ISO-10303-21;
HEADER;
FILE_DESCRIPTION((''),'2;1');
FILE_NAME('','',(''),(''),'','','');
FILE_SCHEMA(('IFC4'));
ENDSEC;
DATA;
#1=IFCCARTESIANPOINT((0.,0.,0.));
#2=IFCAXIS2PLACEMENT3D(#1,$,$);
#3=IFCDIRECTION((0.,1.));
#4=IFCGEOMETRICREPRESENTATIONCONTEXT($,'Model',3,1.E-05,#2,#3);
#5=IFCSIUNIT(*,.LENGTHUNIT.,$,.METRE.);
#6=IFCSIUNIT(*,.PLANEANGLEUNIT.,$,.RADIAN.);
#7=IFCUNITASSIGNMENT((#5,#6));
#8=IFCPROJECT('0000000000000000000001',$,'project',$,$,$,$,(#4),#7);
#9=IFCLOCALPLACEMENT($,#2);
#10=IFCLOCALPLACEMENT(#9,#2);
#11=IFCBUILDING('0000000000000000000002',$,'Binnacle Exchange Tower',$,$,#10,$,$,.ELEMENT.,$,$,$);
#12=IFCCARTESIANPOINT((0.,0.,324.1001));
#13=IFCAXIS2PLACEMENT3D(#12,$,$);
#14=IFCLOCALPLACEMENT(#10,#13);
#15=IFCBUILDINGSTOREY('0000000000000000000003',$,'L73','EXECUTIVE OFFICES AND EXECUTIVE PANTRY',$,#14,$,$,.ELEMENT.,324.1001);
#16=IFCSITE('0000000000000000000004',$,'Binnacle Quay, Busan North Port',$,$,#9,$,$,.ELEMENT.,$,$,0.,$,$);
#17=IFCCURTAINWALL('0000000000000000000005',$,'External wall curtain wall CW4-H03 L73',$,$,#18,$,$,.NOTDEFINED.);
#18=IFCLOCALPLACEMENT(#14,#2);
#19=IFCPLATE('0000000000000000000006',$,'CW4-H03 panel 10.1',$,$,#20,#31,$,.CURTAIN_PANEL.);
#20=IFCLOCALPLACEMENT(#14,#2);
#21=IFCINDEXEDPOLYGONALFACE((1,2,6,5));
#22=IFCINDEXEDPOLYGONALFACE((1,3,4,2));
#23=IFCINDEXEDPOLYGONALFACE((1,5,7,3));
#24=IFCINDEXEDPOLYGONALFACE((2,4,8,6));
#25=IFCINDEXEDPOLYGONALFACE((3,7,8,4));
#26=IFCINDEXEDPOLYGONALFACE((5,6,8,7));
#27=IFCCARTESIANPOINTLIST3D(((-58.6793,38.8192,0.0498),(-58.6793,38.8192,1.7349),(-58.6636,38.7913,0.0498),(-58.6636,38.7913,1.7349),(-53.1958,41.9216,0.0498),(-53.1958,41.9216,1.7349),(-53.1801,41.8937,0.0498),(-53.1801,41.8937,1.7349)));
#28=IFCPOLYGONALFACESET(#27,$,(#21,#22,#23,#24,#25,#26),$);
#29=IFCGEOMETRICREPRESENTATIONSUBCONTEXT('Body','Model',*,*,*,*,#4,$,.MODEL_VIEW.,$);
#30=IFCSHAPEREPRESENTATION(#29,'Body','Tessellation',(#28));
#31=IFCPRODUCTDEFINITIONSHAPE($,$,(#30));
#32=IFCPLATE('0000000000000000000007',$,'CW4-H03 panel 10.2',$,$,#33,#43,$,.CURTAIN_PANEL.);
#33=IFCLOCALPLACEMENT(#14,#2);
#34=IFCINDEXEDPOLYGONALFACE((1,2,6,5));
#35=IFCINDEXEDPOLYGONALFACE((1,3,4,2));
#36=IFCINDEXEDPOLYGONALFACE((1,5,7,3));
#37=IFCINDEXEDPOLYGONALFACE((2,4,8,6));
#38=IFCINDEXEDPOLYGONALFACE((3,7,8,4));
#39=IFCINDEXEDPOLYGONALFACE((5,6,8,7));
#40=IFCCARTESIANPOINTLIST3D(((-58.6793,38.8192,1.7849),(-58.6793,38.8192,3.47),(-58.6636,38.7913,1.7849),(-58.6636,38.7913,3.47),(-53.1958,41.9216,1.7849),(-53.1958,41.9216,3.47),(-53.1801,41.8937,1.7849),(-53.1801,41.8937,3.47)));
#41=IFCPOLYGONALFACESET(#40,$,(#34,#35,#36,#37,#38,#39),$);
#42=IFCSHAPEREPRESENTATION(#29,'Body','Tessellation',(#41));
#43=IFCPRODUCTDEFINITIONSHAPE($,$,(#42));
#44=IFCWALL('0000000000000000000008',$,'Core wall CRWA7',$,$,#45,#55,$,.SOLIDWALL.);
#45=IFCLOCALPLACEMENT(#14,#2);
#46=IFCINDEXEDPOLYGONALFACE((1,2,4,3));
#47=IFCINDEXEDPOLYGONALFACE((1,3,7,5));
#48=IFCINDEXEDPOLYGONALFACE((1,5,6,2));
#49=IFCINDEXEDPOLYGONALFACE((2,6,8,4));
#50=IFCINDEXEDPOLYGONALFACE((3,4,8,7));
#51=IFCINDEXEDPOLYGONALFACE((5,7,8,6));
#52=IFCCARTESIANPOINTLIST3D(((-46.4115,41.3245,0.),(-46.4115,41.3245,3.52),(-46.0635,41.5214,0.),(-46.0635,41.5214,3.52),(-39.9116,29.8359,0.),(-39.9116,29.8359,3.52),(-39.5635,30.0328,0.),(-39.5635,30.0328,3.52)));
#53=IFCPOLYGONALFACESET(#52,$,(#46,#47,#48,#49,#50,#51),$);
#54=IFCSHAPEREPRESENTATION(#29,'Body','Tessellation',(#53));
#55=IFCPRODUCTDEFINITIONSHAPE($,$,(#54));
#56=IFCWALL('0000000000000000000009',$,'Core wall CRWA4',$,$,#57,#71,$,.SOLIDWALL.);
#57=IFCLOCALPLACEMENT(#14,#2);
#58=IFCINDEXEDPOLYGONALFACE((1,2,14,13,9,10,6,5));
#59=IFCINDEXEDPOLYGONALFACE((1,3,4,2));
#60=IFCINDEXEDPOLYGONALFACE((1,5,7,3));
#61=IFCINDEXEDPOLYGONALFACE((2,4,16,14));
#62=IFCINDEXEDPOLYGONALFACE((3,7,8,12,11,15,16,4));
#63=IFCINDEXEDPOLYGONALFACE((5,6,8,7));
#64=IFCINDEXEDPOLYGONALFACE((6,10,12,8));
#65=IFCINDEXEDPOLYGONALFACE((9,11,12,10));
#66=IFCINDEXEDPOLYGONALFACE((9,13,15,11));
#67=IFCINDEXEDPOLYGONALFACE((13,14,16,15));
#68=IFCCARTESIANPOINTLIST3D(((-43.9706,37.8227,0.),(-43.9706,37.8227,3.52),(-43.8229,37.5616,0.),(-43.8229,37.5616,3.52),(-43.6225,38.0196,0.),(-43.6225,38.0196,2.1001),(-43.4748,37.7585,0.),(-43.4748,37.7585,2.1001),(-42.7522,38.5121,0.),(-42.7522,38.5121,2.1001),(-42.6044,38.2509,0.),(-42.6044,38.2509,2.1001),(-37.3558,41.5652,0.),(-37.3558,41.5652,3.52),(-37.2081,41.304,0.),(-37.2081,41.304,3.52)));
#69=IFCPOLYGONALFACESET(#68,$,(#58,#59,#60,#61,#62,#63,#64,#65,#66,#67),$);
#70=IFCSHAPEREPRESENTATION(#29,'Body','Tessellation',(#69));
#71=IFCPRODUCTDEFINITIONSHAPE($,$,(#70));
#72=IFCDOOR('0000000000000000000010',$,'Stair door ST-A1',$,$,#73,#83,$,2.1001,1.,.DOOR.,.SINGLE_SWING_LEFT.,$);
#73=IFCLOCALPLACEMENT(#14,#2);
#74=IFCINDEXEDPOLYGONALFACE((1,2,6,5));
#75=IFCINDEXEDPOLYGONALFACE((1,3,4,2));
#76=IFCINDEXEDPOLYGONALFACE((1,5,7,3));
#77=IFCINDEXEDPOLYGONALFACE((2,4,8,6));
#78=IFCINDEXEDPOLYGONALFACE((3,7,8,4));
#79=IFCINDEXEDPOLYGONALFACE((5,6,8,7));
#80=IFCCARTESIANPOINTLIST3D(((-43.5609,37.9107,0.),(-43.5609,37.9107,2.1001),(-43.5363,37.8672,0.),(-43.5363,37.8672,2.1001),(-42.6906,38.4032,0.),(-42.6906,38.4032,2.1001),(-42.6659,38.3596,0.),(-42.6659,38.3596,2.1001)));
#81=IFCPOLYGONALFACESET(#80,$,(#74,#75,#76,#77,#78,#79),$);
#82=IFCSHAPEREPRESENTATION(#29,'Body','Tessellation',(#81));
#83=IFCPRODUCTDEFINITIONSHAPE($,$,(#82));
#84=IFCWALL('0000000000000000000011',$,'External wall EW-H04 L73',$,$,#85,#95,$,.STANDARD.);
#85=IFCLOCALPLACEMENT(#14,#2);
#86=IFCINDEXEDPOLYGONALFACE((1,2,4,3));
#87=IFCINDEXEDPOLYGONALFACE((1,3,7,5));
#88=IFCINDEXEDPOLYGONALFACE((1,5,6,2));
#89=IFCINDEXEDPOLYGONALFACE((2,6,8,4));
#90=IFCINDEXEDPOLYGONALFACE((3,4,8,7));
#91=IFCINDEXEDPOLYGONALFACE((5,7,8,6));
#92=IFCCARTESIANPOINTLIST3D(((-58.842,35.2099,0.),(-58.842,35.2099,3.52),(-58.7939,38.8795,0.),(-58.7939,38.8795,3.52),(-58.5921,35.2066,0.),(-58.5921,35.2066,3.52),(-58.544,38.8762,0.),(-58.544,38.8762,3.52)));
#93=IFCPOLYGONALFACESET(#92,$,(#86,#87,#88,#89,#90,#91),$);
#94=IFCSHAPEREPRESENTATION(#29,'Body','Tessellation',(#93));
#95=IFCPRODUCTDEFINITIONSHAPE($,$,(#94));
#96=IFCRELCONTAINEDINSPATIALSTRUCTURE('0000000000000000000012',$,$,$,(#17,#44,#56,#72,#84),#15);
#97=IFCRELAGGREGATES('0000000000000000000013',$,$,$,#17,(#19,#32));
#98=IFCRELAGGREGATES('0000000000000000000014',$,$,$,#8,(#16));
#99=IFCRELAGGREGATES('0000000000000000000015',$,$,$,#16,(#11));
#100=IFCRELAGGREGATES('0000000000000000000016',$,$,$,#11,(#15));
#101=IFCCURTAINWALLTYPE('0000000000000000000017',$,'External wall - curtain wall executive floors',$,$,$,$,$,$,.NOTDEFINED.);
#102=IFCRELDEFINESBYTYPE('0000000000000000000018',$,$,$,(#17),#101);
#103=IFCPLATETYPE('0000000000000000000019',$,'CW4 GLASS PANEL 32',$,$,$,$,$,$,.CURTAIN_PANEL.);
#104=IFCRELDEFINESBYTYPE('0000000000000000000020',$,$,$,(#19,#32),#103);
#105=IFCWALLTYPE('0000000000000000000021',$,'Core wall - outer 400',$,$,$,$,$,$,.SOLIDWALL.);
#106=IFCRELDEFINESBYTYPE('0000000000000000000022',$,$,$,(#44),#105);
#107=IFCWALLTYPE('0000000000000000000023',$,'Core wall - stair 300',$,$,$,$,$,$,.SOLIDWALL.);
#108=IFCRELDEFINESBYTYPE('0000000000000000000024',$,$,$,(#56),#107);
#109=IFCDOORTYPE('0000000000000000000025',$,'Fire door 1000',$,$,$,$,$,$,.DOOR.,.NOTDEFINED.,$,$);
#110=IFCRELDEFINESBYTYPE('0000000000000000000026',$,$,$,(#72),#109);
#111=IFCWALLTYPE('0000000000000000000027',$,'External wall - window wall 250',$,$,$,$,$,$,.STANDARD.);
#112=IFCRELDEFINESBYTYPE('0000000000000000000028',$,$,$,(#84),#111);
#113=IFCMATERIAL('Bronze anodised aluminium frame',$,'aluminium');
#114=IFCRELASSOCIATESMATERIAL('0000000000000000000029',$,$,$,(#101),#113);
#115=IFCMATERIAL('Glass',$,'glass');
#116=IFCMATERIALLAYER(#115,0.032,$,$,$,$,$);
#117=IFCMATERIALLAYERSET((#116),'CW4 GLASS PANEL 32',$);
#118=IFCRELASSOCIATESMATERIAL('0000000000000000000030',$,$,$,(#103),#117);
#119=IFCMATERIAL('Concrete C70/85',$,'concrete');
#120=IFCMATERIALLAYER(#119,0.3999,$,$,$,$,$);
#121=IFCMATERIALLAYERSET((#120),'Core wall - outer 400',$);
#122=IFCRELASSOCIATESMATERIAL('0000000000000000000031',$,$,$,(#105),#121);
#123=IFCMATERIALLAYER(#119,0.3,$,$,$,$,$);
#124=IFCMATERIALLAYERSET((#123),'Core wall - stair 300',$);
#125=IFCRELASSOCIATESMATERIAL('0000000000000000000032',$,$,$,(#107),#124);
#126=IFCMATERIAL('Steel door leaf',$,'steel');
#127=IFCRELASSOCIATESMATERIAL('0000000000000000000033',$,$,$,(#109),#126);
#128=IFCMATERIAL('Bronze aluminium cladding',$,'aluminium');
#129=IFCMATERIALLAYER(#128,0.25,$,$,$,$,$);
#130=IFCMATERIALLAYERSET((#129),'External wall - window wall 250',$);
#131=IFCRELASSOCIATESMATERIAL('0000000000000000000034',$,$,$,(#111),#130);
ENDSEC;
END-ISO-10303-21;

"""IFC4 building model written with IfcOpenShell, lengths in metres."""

from ifc_helpers import new_model, si_unit, direction, frame, frame_2d, origin, origin_2d, place, context, subcontext, project, spatial, rectangle, extrude, material, layer, layer_set, type_object, element, fill, aggregate, save


model = new_model("IFC4")

# Units and contexts
model_context = context("Model", 3, precision=1e-05, world=origin(), true_north=direction((0.0, 1.0)))
body_context = subcontext(model_context, "Body", "Model", "MODEL_VIEW")
ifc_project = project(units=[si_unit("LENGTHUNIT", "METRE"), si_unit("PLANEANGLEUNIT", "RADIAN")], contexts=[model_context])

# Site, building, storey
site_placement = place(None, origin())
site = spatial("IfcSite", under=ifc_project, at=site_placement, Name="Binnacle Quay, Busan North Port", CompositionType="ELEMENT", RefElevation=0.0)
building_placement = place(site_placement, origin())
building = spatial("IfcBuilding", under=site, at=building_placement, Name="Binnacle Exchange Tower", CompositionType="ELEMENT")
storey_placement = place(building_placement, frame((0.0, 0.0, 324.1001)))
storey = spatial("IfcBuildingStorey", under=building, at=storey_placement, Name="L73", Description="EXECUTIVE OFFICES AND EXECUTIVE PANTRY", CompositionType="ELEMENT", Elevation=324.1001)

# Curtain wall
ifc_material_1 = material(Name="Bronze anodised aluminium frame", Category="aluminium")
curtain_wall_type = type_object("IfcCurtainWallType", Name="External wall - curtain wall executive floors", PredefinedType="NOTDEFINED", material=ifc_material_1)
curtain_wall_placement = place(storey_placement, origin())
curtain_wall = element("IfcCurtainWall", 1, at=curtain_wall_placement, inside=storey, type_object=curtain_wall_type, Name="External wall curtain wall CW4-H03 L73", PredefinedType="NOTDEFINED")

# Plates
ifc_material_2 = material(Name="Glass", Category="glass")
ifc_layer_1 = layer(ifc_material_2, 0.032)
ifc_layer_set_1 = layer_set([ifc_layer_1], Name="CW4 GLASS PANEL 32")
plate_type = type_object("IfcPlateType", Name="CW4 GLASS PANEL 32", PredefinedType="CURTAIN_PANEL", material=ifc_layer_set_1)
plate_1_placement = place(storey_placement, frame((-55.9297, 40.3564, 0.0498), z_axis=(0.0, 0.0, 1.0), x_axis=(-0.870356, -0.492424, 0.0)))
plate_1 = element("IfcPlate", 2, at=plate_1_placement, type_object=plate_type, Name="CW4-H03 panel 10.1", PredefinedType="CURTAIN_PANEL", context=body_context, shape_type="SweptSolid", body=[
    extrude(rectangle(XDim=6.3003, YDim=0.032, at=origin_2d()), origin(), (0.0, 0.0, 1.0), 1.6851),
])
plate_2_placement = place(storey_placement, frame((-55.9297, 40.3564, 1.7849), z_axis=(0.0, 0.0, 1.0), x_axis=(-0.870356, -0.492424, 0.0)))
plate_2 = element("IfcPlate", 3, at=plate_2_placement, type_object=plate_type, Name="CW4-H03 panel 10.2", PredefinedType="CURTAIN_PANEL", context=body_context, shape_type="SweptSolid", body=[
    extrude(rectangle(XDim=6.3003, YDim=0.032, at=origin_2d()), origin(), (0.0, 0.0, 1.0), 1.6851),
])
aggregate(curtain_wall, [plate_1, plate_2])

# Wall
ifc_material_3 = material(Name="Concrete C70/85", Category="concrete")
ifc_layer_2 = layer(ifc_material_3, 0.3999)
ifc_layer_set_2 = layer_set([ifc_layer_2], Name="Core wall - outer 400")
wall_type_1 = type_object("IfcWallType", Name="Core wall - outer 400", PredefinedType="SOLIDWALL", material=ifc_layer_set_2)
wall_1_placement = place(storey_placement, frame((-46.2375, 41.4231, 0.0), z_axis=(0.0, 0.0, 1.0), x_axis=(0.492422, -0.870357, 0.0)))
element("IfcWall", 4, at=wall_1_placement, inside=storey, type_object=wall_type_1, Name="Core wall CRWA7", PredefinedType="SOLIDWALL", context=body_context, shape_type="SweptSolid", body=[
    extrude(rectangle(XDim=13.2, YDim=0.3999, at=frame_2d((6.6001, 0.0))), origin(), (0.0, 0.0, 1.0), 3.52),
])

# Wall, opening, door
ifc_layer_3 = layer(ifc_material_3, 0.3)
ifc_layer_set_3 = layer_set([ifc_layer_3], Name="Core wall - stair 300")
wall_type_2 = type_object("IfcWallType", Name="Core wall - stair 300", PredefinedType="SOLIDWALL", material=ifc_layer_set_3)
wall_2_placement = place(storey_placement, frame((-43.8967, 37.6921, 0.0), z_axis=(0.0, 0.0, 1.0), x_axis=(0.870356, 0.492422, 0.0)))
wall_2 = element("IfcWall", 5, at=wall_2_placement, inside=storey, type_object=wall_type_2, Name="Core wall CRWA4", PredefinedType="SOLIDWALL", context=body_context, shape_type="SweptSolid", body=[
    extrude(rectangle(XDim=7.6001, YDim=0.3, at=frame_2d((3.8, 0.0))), origin(), (0.0, 0.0, 1.0), 3.52),
])
opening_1_placement = place(wall_2_placement, frame((0.3999, 0.0, 0.0)))
opening_1 = element("IfcOpeningElement", 6, at=opening_1_placement, cuts=wall_2, PredefinedType="OPENING", context=body_context, shape_type="SweptSolid", body=[
    extrude(rectangle(XDim=1.0, YDim=2.1001, at=frame_2d((0.5, 1.05))), frame((0.0, 0.1599, 0.0), z_axis=(0.0, -1.0, 0.0), x_axis=(1.0, 0.0, 0.0)), (0.0, 0.0, 1.0), 0.3201),
])
ifc_material_4 = material(Name="Steel door leaf", Category="steel")
door_type_1 = type_object("IfcDoorType", Name="Fire door 1000", OperationType="NOTDEFINED", PredefinedType="DOOR", material=ifc_material_4)
door_1_placement = place(opening_1_placement, origin())
door_1 = element("IfcDoor", 7, at=door_1_placement, inside=storey, type_object=door_type_1, Name="Stair door ST-A1", OperationType="SINGLE_SWING_LEFT", OverallHeight=2.1001, OverallWidth=1.0, PredefinedType="DOOR", context=body_context, shape_type="SweptSolid", body=[
    extrude(rectangle(XDim=1.0, YDim=2.1001, at=frame_2d((0.5, 1.05))), frame((0.0, 0.0249, 0.0), z_axis=(0.0, -1.0, 0.0), x_axis=(1.0, 0.0, 0.0)), (0.0, 0.0, 1.0), 0.05),
])
fill(opening_1, door_1)

# Wall
ifc_material_5 = material(Name="Bronze aluminium cladding", Category="aluminium")
ifc_layer_4 = layer(ifc_material_5, 0.25)
ifc_layer_set_4 = layer_set([ifc_layer_4], Name="External wall - window wall 250")
wall_type_3 = type_object("IfcWallType", Name="External wall - window wall 250", PredefinedType="STANDARD", material=ifc_layer_set_4)
wall_3_placement = place(storey_placement, frame((-58.717, 35.2083, 0.0), z_axis=(0.0, 0.0, 1.0), x_axis=(0.013105, 0.999914, 0.0)))
element("IfcWall", 8, at=wall_3_placement, inside=storey, type_object=wall_type_3, Name="External wall EW-H04 L73", PredefinedType="STANDARD", context=body_context, shape_type="SweptSolid", body=[
    extrude(rectangle(XDim=3.6699, YDim=0.25, at=frame_2d((1.835, 0.0))), origin(), (0.0, 0.0, 1.0), 3.52),
])

save(model, "model.ifc")
